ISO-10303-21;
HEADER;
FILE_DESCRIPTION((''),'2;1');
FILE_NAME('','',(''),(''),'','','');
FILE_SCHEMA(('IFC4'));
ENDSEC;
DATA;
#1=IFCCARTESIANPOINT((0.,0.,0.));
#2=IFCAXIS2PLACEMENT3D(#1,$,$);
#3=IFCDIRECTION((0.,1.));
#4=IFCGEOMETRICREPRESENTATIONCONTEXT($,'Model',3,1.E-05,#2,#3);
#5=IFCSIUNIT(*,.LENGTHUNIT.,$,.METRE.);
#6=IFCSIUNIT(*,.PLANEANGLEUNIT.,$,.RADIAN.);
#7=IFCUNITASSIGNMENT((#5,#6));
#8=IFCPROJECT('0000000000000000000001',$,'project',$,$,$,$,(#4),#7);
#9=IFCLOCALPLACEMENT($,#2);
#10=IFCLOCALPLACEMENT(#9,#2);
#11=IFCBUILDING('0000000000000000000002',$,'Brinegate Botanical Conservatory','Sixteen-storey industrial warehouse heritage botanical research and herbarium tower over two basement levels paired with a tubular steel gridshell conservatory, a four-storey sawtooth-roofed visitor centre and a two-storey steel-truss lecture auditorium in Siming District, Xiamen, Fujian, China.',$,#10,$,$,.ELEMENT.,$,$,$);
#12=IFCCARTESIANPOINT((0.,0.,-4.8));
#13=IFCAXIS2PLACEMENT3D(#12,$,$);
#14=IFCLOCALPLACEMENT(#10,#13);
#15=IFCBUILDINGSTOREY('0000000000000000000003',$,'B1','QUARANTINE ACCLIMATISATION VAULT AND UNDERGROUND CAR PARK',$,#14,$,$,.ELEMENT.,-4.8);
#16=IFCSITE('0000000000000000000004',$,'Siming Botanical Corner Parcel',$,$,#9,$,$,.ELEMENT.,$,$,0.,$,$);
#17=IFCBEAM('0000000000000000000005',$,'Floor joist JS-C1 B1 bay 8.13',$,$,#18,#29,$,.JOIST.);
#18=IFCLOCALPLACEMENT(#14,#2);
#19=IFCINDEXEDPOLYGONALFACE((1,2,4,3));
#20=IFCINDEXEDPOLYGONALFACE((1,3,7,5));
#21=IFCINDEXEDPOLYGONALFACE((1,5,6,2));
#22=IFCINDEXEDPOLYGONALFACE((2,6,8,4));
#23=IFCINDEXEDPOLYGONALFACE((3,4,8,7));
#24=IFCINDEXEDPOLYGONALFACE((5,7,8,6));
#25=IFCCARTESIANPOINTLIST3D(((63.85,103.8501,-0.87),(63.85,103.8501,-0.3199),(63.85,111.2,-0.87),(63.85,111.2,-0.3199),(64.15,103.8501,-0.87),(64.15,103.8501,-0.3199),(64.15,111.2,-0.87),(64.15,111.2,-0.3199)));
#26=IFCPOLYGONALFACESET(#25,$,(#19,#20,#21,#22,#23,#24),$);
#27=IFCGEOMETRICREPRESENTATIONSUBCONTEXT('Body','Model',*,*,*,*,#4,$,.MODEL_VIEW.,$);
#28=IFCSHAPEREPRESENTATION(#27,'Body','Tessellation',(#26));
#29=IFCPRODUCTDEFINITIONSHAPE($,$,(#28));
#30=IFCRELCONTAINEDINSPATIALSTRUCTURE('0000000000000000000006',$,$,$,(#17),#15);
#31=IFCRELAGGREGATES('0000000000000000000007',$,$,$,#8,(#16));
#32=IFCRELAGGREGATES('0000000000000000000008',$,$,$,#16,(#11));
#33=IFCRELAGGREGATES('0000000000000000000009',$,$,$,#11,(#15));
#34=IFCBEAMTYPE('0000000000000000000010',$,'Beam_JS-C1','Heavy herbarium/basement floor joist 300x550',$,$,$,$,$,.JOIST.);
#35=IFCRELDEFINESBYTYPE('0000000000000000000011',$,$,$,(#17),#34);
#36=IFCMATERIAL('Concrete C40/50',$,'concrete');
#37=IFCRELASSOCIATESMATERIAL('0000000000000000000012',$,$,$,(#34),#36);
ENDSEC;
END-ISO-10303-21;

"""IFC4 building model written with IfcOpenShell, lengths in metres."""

from ifc_helpers import new_model, si_unit, direction, frame, origin, origin_2d, place, context, subcontext, project, spatial, rectangle, extrude, material, material_profile, profile_set, type_object, element, save


model = new_model("IFC4")

# Units and contexts
model_context = context("Model", 3, precision=1e-05, world=origin(), true_north=direction((0.0, 1.0)))
body_context = subcontext(model_context, "Body", "Model", "MODEL_VIEW")
ifc_project = project(units=[si_unit("LENGTHUNIT", "METRE"), si_unit("PLANEANGLEUNIT", "RADIAN")], contexts=[model_context])

# Site, building, storey
site_placement = place(None, origin())
site = spatial("IfcSite", under=ifc_project, at=site_placement, Name="Siming Botanical Corner Parcel", CompositionType="ELEMENT", RefElevation=0.0)
building_placement = place(site_placement, origin())
building = spatial("IfcBuilding", under=site, at=building_placement, Name="Brinegate Botanical Conservatory", Description="Sixteen-storey industrial warehouse heritage botanical research and herbarium tower over two basement levels paired with a tubular steel gridshell conservatory, a four-storey sawtooth-roofed visitor centre and a two-storey steel-truss lecture auditorium in Siming District, Xiamen, Fujian, China.", CompositionType="ELEMENT")
storey_placement = place(building_placement, frame((0.0, 0.0, -4.8)))
storey = spatial("IfcBuildingStorey", under=building, at=storey_placement, Name="B1", Description="QUARANTINE ACCLIMATISATION VAULT AND UNDERGROUND CAR PARK", CompositionType="ELEMENT", Elevation=-4.8)

# Shared definitions
ifc_material = material(Name="Concrete C40/50", Category="concrete")

# Beam
ifc_material_profile_1 = material_profile(ifc_material, rectangle(XDim=0.3, YDim=0.55, at=origin_2d()), Name="RC JST 300x550")
ifc_profile_set_1 = profile_set([ifc_material_profile_1], Name="Concrete C40/50")
beam_type_1 = type_object("IfcBeamType", Name="Beam_JS-C1", Description="Heavy herbarium/basement floor joist 300x550", PredefinedType="JOIST", material=ifc_profile_set_1)
beam_1_placement = place(storey_placement, frame((64.0, 103.8501, -0.595), z_axis=(0.0, 1.0, 0.0), x_axis=(-1.0, 0.0, 0.0)))
element("IfcBeam", 1, at=beam_1_placement, inside=storey, type_object=beam_type_1, Name="Floor joist JS-C1 B1 bay 8.13", PredefinedType="JOIST", context=body_context, shape_type="SweptSolid", body=[
    extrude(rectangle(XDim=0.3, YDim=0.55, at=origin_2d()), origin(), (0.0, 0.0, 1.0), 7.3499),
])

save(model, "model.ifc")
